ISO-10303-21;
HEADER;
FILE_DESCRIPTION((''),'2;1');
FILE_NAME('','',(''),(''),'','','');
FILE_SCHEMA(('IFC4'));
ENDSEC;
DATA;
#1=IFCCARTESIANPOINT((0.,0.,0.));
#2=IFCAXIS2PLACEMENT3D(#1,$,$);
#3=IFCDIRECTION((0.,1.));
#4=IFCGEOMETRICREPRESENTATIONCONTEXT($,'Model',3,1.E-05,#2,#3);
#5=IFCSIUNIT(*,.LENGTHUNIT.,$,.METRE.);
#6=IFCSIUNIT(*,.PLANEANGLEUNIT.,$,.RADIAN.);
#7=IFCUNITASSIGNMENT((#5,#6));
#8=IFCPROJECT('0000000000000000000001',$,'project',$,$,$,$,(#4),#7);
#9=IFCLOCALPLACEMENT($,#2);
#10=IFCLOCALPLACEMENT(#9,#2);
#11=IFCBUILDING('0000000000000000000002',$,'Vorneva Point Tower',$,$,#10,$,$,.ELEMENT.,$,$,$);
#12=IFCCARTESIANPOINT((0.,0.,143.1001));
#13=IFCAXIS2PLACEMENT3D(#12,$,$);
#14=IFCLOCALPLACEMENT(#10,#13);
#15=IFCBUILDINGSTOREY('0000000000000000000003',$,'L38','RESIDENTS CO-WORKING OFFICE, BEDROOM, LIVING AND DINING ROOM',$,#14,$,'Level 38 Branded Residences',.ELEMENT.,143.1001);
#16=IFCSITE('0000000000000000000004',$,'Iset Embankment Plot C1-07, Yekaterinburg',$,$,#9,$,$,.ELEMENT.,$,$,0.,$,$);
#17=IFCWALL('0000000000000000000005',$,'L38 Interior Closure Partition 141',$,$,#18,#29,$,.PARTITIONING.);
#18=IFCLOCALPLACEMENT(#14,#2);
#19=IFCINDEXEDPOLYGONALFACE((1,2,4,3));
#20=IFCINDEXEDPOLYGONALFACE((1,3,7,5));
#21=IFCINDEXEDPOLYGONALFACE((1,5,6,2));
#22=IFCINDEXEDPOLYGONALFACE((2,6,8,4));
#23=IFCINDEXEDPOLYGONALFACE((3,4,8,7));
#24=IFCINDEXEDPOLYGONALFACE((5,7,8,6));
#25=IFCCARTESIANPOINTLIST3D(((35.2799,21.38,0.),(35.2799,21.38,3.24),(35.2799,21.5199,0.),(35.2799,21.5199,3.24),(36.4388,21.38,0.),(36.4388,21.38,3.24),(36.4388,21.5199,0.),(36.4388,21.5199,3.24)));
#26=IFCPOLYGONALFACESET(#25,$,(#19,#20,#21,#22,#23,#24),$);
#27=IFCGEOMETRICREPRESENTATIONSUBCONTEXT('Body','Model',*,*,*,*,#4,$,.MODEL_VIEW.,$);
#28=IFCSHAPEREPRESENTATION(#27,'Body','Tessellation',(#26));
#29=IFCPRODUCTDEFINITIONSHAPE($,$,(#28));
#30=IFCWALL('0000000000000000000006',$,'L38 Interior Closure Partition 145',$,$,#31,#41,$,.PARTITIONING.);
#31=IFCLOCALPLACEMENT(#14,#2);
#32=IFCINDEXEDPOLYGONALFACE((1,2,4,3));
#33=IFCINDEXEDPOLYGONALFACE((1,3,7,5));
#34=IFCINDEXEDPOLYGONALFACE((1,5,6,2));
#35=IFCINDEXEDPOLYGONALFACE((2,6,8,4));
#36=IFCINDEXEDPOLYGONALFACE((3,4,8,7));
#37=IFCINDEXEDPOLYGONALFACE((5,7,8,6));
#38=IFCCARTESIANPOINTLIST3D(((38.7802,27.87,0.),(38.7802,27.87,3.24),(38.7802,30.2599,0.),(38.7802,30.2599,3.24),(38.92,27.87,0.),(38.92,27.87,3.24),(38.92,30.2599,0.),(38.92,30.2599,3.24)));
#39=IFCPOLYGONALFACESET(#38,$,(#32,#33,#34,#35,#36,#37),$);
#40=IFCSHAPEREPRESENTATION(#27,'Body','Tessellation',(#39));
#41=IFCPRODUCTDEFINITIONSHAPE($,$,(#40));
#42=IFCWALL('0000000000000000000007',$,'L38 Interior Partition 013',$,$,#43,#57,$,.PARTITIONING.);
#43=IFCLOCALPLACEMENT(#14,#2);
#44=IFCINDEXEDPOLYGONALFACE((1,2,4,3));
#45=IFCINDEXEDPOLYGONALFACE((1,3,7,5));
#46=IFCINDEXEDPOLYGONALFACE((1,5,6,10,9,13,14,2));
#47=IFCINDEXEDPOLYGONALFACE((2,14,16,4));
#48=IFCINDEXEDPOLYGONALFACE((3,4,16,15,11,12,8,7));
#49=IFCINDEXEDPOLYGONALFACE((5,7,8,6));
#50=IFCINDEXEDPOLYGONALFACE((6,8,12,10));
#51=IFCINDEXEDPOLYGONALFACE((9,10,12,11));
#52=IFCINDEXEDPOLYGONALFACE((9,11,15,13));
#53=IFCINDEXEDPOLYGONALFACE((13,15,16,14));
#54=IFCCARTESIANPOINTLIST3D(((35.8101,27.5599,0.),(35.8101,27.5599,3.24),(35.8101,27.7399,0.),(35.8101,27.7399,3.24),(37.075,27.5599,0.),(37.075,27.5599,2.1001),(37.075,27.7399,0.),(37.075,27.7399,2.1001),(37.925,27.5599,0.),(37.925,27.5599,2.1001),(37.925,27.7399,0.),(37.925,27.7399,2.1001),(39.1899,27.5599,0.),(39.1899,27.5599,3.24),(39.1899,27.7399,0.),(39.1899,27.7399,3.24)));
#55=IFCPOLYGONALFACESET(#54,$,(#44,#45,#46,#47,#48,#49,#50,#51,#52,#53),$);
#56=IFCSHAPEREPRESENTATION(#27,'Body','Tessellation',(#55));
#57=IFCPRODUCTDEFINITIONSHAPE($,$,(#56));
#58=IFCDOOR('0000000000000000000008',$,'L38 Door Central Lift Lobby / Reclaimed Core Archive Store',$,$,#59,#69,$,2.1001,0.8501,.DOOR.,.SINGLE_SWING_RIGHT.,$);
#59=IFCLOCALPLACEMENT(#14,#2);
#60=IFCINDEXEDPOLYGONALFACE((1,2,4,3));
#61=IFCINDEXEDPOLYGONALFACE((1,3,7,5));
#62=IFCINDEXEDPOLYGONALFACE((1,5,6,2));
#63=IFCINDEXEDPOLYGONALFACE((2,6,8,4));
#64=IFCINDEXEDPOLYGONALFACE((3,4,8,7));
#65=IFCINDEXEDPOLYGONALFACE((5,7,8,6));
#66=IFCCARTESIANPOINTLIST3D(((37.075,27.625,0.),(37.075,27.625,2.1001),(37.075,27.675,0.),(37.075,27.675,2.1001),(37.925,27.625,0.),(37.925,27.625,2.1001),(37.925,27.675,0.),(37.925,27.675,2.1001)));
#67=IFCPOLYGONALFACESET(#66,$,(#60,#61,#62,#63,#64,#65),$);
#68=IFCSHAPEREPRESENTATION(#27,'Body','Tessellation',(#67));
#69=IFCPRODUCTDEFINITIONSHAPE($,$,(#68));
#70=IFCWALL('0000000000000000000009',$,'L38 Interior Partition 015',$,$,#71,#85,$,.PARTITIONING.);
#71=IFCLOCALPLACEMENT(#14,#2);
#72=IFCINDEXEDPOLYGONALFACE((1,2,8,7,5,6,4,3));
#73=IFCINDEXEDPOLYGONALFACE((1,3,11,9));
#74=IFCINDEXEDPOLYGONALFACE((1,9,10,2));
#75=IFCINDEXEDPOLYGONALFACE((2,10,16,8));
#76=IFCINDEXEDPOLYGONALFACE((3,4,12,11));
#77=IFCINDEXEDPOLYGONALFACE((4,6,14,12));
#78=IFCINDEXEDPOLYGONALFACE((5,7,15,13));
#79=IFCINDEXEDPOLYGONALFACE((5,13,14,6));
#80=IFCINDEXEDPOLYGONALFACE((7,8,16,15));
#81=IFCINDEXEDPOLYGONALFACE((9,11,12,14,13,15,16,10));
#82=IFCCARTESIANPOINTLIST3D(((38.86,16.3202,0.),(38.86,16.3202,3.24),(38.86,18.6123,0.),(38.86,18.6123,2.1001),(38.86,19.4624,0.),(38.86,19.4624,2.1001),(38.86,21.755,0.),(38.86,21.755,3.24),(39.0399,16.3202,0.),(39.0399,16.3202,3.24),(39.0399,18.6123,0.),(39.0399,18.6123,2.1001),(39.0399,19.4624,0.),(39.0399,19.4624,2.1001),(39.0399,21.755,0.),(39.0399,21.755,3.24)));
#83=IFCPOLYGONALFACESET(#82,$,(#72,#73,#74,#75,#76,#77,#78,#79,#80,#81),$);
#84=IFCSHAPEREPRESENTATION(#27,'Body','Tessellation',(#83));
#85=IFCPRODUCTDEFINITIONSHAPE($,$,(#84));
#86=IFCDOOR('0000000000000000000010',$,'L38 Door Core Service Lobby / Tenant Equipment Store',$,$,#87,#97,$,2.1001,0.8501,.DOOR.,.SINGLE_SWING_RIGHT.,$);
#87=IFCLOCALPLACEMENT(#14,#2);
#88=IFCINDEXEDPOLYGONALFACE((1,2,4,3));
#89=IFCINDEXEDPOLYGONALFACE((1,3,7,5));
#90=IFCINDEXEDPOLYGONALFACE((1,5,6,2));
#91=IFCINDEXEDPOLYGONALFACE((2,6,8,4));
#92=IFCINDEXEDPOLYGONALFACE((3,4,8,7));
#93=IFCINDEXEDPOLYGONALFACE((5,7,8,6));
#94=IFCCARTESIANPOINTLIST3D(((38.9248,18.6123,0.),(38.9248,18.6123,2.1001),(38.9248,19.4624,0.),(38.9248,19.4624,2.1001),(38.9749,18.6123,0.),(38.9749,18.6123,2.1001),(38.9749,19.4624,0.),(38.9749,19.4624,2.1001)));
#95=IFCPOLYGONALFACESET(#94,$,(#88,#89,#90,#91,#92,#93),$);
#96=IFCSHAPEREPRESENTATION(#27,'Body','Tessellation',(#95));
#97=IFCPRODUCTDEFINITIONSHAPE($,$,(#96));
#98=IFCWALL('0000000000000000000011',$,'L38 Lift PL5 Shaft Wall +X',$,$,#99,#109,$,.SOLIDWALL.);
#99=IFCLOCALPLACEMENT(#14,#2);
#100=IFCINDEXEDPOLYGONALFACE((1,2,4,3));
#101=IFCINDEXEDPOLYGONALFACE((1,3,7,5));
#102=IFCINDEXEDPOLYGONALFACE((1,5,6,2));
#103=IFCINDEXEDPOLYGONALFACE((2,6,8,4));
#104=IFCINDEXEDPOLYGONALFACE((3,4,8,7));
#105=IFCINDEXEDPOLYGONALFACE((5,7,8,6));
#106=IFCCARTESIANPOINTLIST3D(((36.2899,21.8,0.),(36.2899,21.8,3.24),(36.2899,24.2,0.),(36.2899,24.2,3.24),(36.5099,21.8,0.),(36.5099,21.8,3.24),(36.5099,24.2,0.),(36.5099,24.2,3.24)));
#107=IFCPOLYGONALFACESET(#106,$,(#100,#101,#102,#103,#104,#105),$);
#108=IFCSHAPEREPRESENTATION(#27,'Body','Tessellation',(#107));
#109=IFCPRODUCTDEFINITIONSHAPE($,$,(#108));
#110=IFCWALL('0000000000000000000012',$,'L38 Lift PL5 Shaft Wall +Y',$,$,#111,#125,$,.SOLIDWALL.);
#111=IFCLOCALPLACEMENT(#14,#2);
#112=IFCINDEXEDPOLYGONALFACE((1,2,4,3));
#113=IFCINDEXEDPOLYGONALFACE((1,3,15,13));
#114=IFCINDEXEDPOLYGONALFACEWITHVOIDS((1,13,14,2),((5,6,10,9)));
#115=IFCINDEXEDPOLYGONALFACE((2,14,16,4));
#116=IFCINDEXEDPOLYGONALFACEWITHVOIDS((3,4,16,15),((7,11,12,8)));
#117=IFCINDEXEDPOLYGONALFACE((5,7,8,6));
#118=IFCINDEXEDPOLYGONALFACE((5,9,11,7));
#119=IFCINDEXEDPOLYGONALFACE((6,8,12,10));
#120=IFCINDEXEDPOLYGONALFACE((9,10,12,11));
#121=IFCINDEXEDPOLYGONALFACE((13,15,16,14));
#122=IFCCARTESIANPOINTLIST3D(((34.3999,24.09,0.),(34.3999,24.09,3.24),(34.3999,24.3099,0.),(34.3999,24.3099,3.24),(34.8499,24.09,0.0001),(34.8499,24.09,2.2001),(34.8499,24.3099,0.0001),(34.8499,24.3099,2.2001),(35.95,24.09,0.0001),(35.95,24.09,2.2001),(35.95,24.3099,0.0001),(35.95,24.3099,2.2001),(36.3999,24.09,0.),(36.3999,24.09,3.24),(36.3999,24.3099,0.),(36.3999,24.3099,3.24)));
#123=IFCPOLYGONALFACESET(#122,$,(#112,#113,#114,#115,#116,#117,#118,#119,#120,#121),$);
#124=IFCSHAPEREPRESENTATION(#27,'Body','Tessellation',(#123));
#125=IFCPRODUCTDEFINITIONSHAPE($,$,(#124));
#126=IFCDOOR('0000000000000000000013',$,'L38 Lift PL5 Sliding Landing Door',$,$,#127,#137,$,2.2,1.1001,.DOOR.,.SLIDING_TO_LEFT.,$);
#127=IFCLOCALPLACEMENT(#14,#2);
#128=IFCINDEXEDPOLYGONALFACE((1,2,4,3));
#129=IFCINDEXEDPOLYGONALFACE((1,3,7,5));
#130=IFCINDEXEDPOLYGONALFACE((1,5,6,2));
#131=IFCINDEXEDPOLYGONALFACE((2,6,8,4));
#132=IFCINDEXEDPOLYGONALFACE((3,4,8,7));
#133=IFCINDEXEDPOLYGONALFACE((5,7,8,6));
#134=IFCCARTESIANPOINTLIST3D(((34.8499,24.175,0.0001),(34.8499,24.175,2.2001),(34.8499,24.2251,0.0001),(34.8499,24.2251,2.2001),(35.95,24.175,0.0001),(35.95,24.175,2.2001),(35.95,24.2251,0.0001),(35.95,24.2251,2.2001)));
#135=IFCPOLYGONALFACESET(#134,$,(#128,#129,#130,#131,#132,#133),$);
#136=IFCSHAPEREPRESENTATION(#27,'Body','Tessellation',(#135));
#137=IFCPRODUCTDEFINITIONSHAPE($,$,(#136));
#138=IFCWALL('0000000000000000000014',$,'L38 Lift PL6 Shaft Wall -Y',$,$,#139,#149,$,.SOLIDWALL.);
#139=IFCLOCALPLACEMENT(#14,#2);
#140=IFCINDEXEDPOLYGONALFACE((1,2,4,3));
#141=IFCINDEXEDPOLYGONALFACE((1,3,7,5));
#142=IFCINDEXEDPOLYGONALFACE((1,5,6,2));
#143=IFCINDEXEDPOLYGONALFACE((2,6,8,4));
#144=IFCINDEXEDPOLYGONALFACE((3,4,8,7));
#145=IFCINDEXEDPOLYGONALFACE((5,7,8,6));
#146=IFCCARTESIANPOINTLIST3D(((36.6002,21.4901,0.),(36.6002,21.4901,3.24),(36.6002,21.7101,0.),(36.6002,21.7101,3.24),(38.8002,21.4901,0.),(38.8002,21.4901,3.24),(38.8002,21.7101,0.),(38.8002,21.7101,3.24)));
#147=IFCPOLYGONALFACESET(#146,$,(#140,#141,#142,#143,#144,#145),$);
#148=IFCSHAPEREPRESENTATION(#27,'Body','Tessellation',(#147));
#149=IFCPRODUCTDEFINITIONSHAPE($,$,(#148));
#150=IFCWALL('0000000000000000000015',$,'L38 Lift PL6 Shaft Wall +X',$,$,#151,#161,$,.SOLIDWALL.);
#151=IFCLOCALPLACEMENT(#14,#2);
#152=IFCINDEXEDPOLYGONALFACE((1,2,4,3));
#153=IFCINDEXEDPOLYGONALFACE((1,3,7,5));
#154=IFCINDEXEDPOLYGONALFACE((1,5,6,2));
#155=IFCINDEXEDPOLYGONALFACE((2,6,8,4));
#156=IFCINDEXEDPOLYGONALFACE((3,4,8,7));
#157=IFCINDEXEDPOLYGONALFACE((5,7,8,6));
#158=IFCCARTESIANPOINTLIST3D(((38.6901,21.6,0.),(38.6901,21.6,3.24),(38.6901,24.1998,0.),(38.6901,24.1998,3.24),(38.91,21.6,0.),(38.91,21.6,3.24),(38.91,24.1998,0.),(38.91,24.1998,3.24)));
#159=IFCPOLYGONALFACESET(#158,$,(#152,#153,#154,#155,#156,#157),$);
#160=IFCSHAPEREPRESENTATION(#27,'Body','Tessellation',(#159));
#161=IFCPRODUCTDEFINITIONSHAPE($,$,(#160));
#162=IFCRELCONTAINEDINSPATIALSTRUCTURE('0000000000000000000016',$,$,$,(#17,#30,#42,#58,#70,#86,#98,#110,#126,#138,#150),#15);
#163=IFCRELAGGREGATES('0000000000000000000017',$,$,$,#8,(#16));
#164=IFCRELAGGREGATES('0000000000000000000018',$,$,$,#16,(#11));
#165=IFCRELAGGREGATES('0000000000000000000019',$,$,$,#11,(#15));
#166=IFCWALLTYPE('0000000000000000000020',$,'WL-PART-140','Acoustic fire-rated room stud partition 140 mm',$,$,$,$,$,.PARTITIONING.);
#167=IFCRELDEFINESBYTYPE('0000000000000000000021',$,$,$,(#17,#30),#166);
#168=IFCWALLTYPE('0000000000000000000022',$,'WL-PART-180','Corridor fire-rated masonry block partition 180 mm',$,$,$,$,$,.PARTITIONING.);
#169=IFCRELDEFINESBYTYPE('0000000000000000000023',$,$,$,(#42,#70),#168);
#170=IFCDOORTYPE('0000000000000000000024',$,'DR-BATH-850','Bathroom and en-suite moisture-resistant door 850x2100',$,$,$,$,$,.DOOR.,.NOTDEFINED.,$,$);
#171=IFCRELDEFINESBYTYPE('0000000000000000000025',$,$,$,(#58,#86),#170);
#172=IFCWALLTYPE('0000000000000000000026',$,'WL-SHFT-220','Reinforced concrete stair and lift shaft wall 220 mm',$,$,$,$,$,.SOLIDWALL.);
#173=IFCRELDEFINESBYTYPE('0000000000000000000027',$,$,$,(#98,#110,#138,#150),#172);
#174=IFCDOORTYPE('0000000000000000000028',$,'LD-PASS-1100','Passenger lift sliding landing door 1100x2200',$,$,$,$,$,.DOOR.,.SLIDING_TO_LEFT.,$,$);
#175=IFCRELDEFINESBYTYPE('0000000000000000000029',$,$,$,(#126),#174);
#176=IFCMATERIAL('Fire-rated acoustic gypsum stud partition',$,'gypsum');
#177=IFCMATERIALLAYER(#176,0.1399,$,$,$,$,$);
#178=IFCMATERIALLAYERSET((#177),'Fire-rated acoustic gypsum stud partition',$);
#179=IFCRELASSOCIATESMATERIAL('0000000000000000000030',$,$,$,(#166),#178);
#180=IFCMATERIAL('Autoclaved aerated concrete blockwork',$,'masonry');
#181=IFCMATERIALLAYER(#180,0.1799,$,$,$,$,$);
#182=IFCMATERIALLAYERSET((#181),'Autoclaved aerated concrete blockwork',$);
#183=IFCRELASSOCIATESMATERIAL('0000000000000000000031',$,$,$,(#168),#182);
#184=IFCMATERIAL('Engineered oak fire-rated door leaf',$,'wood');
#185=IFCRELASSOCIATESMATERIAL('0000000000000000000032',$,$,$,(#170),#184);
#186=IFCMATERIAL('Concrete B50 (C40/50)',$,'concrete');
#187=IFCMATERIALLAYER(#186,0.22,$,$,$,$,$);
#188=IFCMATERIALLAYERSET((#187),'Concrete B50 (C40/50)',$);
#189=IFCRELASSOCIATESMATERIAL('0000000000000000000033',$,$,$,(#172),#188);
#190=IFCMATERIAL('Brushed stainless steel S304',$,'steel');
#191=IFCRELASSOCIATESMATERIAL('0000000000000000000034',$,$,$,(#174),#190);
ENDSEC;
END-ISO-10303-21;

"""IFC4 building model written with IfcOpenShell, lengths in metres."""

from ifc_helpers import new_model, si_unit, direction, frame, frame_2d, origin, place, context, subcontext, project, spatial, rectangle, extrude, material, layer, layer_set, type_object, element, fill, save


model = new_model("IFC4")

# Units and contexts
model_context = context("Model", 3, precision=1e-05, world=origin(), true_north=direction((0.0, 1.0)))
body_context = subcontext(model_context, "Body", "Model", "MODEL_VIEW")
ifc_project = project(units=[si_unit("LENGTHUNIT", "METRE"), si_unit("PLANEANGLEUNIT", "RADIAN")], contexts=[model_context])

# Site, building, storey
site_placement = place(None, origin())
site = spatial("IfcSite", under=ifc_project, at=site_placement, Name="Iset Embankment Plot C1-07, Yekaterinburg", CompositionType="ELEMENT", RefElevation=0.0)
building_placement = place(site_placement, origin())
building = spatial("IfcBuilding", under=site, at=building_placement, Name="Vorneva Point Tower", CompositionType="ELEMENT")
storey_placement = place(building_placement, frame((0.0, 0.0, 143.1001)))
storey = spatial("IfcBuildingStorey", under=building, at=storey_placement, Name="L38", Description="RESIDENTS CO-WORKING OFFICE, BEDROOM, LIVING AND DINING ROOM", LongName="Level 38 Branded Residences", CompositionType="ELEMENT", Elevation=143.1001)

# Walls
ifc_material_1 = material(Name="Fire-rated acoustic gypsum stud partition", Category="gypsum")
ifc_layer_1 = layer(ifc_material_1, 0.1399)
ifc_layer_set_1 = layer_set([ifc_layer_1], Name="Fire-rated acoustic gypsum stud partition")
wall_type_1 = type_object("IfcWallType", Name="WL-PART-140", Description="Acoustic fire-rated room stud partition 140 mm", PredefinedType="PARTITIONING", material=ifc_layer_set_1)
wall_1_placement = place(storey_placement, frame((36.439, 21.45, 0.0), z_axis=(0.0, 0.0, 1.0), x_axis=(-1.0, 0.0, 0.0)))
element("IfcWall", 1, at=wall_1_placement, inside=storey, type_object=wall_type_1, Name="L38 Interior Closure Partition 141", PredefinedType="PARTITIONING", context=body_context, shape_type="SweptSolid", body=[
    extrude(rectangle(XDim=1.1589, YDim=0.1399, at=frame_2d((0.5796, 0.0))), origin(), (0.0, 0.0, 1.0), 3.24),
])
wall_2_placement = place(storey_placement, frame((38.8501, 27.8701, 0.0), z_axis=(0.0, 0.0, 1.0), x_axis=(0.0, 1.0, 0.0)))
element("IfcWall", 2, at=wall_2_placement, inside=storey, type_object=wall_type_1, Name="L38 Interior Closure Partition 145", PredefinedType="PARTITIONING", context=body_context, shape_type="SweptSolid", body=[
    extrude(rectangle(XDim=2.3899, YDim=0.1399, at=frame_2d((1.1948, 0.0))), origin(), (0.0, 0.0, 1.0), 3.24),
])

# Walls, openings, doors
ifc_material_2 = material(Name="Autoclaved aerated concrete blockwork", Category="masonry")
ifc_layer_2 = layer(ifc_material_2, 0.1799)
ifc_layer_set_2 = layer_set([ifc_layer_2], Name="Autoclaved aerated concrete blockwork")
wall_type_2 = type_object("IfcWallType", Name="WL-PART-180", Description="Corridor fire-rated masonry block partition 180 mm", PredefinedType="PARTITIONING", material=ifc_layer_set_2)
wall_3_placement = place(storey_placement, frame((39.1899, 27.6499, 0.0), z_axis=(0.0, 0.0, 1.0), x_axis=(-1.0, 0.0, 0.0)))
wall_3 = element("IfcWall", 3, at=wall_3_placement, inside=storey, type_object=wall_type_2, Name="L38 Interior Partition 013", PredefinedType="PARTITIONING", context=body_context, shape_type="SweptSolid", body=[
    extrude(rectangle(XDim=3.3799, YDim=0.1799, at=frame_2d((1.6899, 0.0))), origin(), (0.0, 0.0, 1.0), 3.24),
])
opening_1_placement = place(wall_3_placement, frame((1.2649, 0.0, 0.0)))
opening_1 = element("IfcOpeningElement", 4, at=opening_1_placement, cuts=wall_3, PredefinedType="OPENING", context=body_context, shape_type="SweptSolid", body=[
    extrude(rectangle(XDim=0.8501, YDim=2.1001, at=frame_2d((0.425, 1.05))), frame((0.0, 0.105, 0.0), z_axis=(0.0, -1.0, 0.0), x_axis=(1.0, 0.0, 0.0)), (0.0, 0.0, 1.0), 0.2097),
])
ifc_material_3 = material(Name="Engineered oak fire-rated door leaf", Category="wood")
door_type_1 = type_object("IfcDoorType", Name="DR-BATH-850", Description="Bathroom and en-suite moisture-resistant door 850x2100", OperationType="NOTDEFINED", PredefinedType="DOOR", material=ifc_material_3)
door_1_placement = place(opening_1_placement, origin())
door_1 = element("IfcDoor", 5, at=door_1_placement, inside=storey, type_object=door_type_1, Name="L38 Door Central Lift Lobby / Reclaimed Core Archive Store", OperationType="SINGLE_SWING_RIGHT", OverallHeight=2.1001, OverallWidth=0.8501, PredefinedType="DOOR", context=body_context, shape_type="SweptSolid", body=[
    extrude(rectangle(XDim=0.8501, YDim=2.1001, at=frame_2d((0.425, 1.05))), frame((0.0, 0.0249, 0.0), z_axis=(0.0, -1.0, 0.0), x_axis=(1.0, 0.0, 0.0)), (0.0, 0.0, 1.0), 0.05),
])
fill(opening_1, door_1)
wall_4_placement = place(storey_placement, frame((38.95, 21.7549, 0.0), z_axis=(0.0, 0.0, 1.0), x_axis=(0.0, -1.0, 0.0)))
wall_4 = element("IfcWall", 6, at=wall_4_placement, inside=storey, type_object=wall_type_2, Name="L38 Interior Partition 015", PredefinedType="PARTITIONING", context=body_context, shape_type="SweptSolid", body=[
    extrude(rectangle(XDim=5.4348, YDim=0.1799, at=frame_2d((2.7173, 0.0))), origin(), (0.0, 0.0, 1.0), 3.24),
])
opening_2_placement = place(wall_4_placement, frame((2.2925, 0.0, 0.0)))
opening_2 = element("IfcOpeningElement", 7, at=opening_2_placement, cuts=wall_4, PredefinedType="OPENING", context=body_context, shape_type="SweptSolid", body=[
    extrude(rectangle(XDim=0.8501, YDim=2.1001, at=frame_2d((0.425, 1.05))), frame((0.0, 0.105, 0.0), z_axis=(0.0, -1.0, 0.0), x_axis=(1.0, 0.0, 0.0)), (0.0, 0.0, 1.0), 0.2097),
])
door_2_placement = place(opening_2_placement, origin())
door_2 = element("IfcDoor", 8, at=door_2_placement, inside=storey, type_object=door_type_1, Name="L38 Door Core Service Lobby / Tenant Equipment Store", OperationType="SINGLE_SWING_RIGHT", OverallHeight=2.1001, OverallWidth=0.8501, PredefinedType="DOOR", context=body_context, shape_type="SweptSolid", body=[
    extrude(rectangle(XDim=0.8501, YDim=2.1001, at=frame_2d((0.425, 1.05))), frame((0.0, 0.0249, 0.0), z_axis=(0.0, -1.0, 0.0), x_axis=(1.0, 0.0, 0.0)), (0.0, 0.0, 1.0), 0.05),
])
fill(opening_2, door_2)

# Wall
ifc_material_4 = material(Name="Concrete B50 (C40/50)", Category="concrete")
ifc_layer_3 = layer(ifc_material_4, 0.22)
ifc_layer_set_3 = layer_set([ifc_layer_3], Name="Concrete B50 (C40/50)")
wall_type_3 = type_object("IfcWallType", Name="WL-SHFT-220", Description="Reinforced concrete stair and lift shaft wall 220 mm", PredefinedType="SOLIDWALL", material=ifc_layer_set_3)
wall_5_placement = place(storey_placement, frame((36.3999, 21.8, 0.0), z_axis=(0.0, 0.0, 1.0), x_axis=(0.0, 1.0, 0.0)))
element("IfcWall", 9, at=wall_5_placement, inside=storey, type_object=wall_type_3, Name="L38 Lift PL5 Shaft Wall +X", PredefinedType="SOLIDWALL", context=body_context, shape_type="SweptSolid", body=[
    extrude(rectangle(XDim=2.3999, YDim=0.22, at=frame_2d((1.2, 0.0))), origin(), (0.0, 0.0, 1.0), 3.24),
])

# Wall, opening, door
wall_6_placement = place(storey_placement, frame((36.3999, 24.2, 0.0), z_axis=(0.0, 0.0, 1.0), x_axis=(-1.0, 0.0, 0.0)))
wall_6 = element("IfcWall", 10, at=wall_6_placement, inside=storey, type_object=wall_type_3, Name="L38 Lift PL5 Shaft Wall +Y", PredefinedType="SOLIDWALL", context=body_context, shape_type="SweptSolid", body=[
    extrude(rectangle(XDim=2.0, YDim=0.22, at=frame_2d((1.0, 0.0))), origin(), (0.0, 0.0, 1.0), 3.24),
])
opening_3_placement = place(wall_6_placement, frame((0.45, 0.0, 0.0)))
opening_3 = element("IfcOpeningElement", 11, at=opening_3_placement, cuts=wall_6, PredefinedType="OPENING", context=body_context, shape_type="SweptSolid", body=[
    extrude(rectangle(XDim=1.1001, YDim=2.2, at=frame_2d((0.55, 1.1001))), frame((0.0, 0.125, 0.0), z_axis=(0.0, -1.0, 0.0), x_axis=(1.0, 0.0, 0.0)), (0.0, 0.0, 1.0), 0.2498),
])
ifc_material_5 = material(Name="Brushed stainless steel S304", Category="steel")
door_type_2 = type_object("IfcDoorType", Name="LD-PASS-1100", Description="Passenger lift sliding landing door 1100x2200", OperationType="SLIDING_TO_LEFT", PredefinedType="DOOR", material=ifc_material_5)
door_3_placement = place(opening_3_placement, origin())
door_3 = element("IfcDoor", 12, at=door_3_placement, inside=storey, type_object=door_type_2, Name="L38 Lift PL5 Sliding Landing Door", OperationType="SLIDING_TO_LEFT", OverallHeight=2.2, OverallWidth=1.1001, PredefinedType="DOOR", context=body_context, shape_type="SweptSolid", body=[
    extrude(rectangle(XDim=1.1001, YDim=2.2, at=frame_2d((0.55, 1.1001))), frame((0.0, 0.0249, 0.0), z_axis=(0.0, -1.0, 0.0), x_axis=(1.0, 0.0, 0.0)), (0.0, 0.0, 1.0), 0.05),
])
fill(opening_3, door_3)

# Walls
wall_7_placement = place(storey_placement, frame((36.6001, 21.6001, 0.0), z_axis=(0.0, 0.0, 1.0), x_axis=(1.0, 0.0, 0.0)))
element("IfcWall", 13, at=wall_7_placement, inside=storey, type_object=wall_type_3, Name="L38 Lift PL6 Shaft Wall -Y", PredefinedType="SOLIDWALL", context=body_context, shape_type="SweptSolid", body=[
    extrude(rectangle(XDim=2.2, YDim=0.22, at=frame_2d((1.1001, 0.0))), origin(), (0.0, 0.0, 1.0), 3.24),
])
wall_8_placement = place(storey_placement, frame((38.8, 21.6001, 0.0), z_axis=(0.0, 0.0, 1.0), x_axis=(0.0, 1.0, 0.0)))
element("IfcWall", 14, at=wall_8_placement, inside=storey, type_object=wall_type_3, Name="L38 Lift PL6 Shaft Wall +X", PredefinedType="SOLIDWALL", context=body_context, shape_type="SweptSolid", body=[
    extrude(rectangle(XDim=2.5999, YDim=0.22, at=frame_2d((1.2998, 0.0))), origin(), (0.0, 0.0, 1.0), 3.24),
])

save(model, "model.ifc")
